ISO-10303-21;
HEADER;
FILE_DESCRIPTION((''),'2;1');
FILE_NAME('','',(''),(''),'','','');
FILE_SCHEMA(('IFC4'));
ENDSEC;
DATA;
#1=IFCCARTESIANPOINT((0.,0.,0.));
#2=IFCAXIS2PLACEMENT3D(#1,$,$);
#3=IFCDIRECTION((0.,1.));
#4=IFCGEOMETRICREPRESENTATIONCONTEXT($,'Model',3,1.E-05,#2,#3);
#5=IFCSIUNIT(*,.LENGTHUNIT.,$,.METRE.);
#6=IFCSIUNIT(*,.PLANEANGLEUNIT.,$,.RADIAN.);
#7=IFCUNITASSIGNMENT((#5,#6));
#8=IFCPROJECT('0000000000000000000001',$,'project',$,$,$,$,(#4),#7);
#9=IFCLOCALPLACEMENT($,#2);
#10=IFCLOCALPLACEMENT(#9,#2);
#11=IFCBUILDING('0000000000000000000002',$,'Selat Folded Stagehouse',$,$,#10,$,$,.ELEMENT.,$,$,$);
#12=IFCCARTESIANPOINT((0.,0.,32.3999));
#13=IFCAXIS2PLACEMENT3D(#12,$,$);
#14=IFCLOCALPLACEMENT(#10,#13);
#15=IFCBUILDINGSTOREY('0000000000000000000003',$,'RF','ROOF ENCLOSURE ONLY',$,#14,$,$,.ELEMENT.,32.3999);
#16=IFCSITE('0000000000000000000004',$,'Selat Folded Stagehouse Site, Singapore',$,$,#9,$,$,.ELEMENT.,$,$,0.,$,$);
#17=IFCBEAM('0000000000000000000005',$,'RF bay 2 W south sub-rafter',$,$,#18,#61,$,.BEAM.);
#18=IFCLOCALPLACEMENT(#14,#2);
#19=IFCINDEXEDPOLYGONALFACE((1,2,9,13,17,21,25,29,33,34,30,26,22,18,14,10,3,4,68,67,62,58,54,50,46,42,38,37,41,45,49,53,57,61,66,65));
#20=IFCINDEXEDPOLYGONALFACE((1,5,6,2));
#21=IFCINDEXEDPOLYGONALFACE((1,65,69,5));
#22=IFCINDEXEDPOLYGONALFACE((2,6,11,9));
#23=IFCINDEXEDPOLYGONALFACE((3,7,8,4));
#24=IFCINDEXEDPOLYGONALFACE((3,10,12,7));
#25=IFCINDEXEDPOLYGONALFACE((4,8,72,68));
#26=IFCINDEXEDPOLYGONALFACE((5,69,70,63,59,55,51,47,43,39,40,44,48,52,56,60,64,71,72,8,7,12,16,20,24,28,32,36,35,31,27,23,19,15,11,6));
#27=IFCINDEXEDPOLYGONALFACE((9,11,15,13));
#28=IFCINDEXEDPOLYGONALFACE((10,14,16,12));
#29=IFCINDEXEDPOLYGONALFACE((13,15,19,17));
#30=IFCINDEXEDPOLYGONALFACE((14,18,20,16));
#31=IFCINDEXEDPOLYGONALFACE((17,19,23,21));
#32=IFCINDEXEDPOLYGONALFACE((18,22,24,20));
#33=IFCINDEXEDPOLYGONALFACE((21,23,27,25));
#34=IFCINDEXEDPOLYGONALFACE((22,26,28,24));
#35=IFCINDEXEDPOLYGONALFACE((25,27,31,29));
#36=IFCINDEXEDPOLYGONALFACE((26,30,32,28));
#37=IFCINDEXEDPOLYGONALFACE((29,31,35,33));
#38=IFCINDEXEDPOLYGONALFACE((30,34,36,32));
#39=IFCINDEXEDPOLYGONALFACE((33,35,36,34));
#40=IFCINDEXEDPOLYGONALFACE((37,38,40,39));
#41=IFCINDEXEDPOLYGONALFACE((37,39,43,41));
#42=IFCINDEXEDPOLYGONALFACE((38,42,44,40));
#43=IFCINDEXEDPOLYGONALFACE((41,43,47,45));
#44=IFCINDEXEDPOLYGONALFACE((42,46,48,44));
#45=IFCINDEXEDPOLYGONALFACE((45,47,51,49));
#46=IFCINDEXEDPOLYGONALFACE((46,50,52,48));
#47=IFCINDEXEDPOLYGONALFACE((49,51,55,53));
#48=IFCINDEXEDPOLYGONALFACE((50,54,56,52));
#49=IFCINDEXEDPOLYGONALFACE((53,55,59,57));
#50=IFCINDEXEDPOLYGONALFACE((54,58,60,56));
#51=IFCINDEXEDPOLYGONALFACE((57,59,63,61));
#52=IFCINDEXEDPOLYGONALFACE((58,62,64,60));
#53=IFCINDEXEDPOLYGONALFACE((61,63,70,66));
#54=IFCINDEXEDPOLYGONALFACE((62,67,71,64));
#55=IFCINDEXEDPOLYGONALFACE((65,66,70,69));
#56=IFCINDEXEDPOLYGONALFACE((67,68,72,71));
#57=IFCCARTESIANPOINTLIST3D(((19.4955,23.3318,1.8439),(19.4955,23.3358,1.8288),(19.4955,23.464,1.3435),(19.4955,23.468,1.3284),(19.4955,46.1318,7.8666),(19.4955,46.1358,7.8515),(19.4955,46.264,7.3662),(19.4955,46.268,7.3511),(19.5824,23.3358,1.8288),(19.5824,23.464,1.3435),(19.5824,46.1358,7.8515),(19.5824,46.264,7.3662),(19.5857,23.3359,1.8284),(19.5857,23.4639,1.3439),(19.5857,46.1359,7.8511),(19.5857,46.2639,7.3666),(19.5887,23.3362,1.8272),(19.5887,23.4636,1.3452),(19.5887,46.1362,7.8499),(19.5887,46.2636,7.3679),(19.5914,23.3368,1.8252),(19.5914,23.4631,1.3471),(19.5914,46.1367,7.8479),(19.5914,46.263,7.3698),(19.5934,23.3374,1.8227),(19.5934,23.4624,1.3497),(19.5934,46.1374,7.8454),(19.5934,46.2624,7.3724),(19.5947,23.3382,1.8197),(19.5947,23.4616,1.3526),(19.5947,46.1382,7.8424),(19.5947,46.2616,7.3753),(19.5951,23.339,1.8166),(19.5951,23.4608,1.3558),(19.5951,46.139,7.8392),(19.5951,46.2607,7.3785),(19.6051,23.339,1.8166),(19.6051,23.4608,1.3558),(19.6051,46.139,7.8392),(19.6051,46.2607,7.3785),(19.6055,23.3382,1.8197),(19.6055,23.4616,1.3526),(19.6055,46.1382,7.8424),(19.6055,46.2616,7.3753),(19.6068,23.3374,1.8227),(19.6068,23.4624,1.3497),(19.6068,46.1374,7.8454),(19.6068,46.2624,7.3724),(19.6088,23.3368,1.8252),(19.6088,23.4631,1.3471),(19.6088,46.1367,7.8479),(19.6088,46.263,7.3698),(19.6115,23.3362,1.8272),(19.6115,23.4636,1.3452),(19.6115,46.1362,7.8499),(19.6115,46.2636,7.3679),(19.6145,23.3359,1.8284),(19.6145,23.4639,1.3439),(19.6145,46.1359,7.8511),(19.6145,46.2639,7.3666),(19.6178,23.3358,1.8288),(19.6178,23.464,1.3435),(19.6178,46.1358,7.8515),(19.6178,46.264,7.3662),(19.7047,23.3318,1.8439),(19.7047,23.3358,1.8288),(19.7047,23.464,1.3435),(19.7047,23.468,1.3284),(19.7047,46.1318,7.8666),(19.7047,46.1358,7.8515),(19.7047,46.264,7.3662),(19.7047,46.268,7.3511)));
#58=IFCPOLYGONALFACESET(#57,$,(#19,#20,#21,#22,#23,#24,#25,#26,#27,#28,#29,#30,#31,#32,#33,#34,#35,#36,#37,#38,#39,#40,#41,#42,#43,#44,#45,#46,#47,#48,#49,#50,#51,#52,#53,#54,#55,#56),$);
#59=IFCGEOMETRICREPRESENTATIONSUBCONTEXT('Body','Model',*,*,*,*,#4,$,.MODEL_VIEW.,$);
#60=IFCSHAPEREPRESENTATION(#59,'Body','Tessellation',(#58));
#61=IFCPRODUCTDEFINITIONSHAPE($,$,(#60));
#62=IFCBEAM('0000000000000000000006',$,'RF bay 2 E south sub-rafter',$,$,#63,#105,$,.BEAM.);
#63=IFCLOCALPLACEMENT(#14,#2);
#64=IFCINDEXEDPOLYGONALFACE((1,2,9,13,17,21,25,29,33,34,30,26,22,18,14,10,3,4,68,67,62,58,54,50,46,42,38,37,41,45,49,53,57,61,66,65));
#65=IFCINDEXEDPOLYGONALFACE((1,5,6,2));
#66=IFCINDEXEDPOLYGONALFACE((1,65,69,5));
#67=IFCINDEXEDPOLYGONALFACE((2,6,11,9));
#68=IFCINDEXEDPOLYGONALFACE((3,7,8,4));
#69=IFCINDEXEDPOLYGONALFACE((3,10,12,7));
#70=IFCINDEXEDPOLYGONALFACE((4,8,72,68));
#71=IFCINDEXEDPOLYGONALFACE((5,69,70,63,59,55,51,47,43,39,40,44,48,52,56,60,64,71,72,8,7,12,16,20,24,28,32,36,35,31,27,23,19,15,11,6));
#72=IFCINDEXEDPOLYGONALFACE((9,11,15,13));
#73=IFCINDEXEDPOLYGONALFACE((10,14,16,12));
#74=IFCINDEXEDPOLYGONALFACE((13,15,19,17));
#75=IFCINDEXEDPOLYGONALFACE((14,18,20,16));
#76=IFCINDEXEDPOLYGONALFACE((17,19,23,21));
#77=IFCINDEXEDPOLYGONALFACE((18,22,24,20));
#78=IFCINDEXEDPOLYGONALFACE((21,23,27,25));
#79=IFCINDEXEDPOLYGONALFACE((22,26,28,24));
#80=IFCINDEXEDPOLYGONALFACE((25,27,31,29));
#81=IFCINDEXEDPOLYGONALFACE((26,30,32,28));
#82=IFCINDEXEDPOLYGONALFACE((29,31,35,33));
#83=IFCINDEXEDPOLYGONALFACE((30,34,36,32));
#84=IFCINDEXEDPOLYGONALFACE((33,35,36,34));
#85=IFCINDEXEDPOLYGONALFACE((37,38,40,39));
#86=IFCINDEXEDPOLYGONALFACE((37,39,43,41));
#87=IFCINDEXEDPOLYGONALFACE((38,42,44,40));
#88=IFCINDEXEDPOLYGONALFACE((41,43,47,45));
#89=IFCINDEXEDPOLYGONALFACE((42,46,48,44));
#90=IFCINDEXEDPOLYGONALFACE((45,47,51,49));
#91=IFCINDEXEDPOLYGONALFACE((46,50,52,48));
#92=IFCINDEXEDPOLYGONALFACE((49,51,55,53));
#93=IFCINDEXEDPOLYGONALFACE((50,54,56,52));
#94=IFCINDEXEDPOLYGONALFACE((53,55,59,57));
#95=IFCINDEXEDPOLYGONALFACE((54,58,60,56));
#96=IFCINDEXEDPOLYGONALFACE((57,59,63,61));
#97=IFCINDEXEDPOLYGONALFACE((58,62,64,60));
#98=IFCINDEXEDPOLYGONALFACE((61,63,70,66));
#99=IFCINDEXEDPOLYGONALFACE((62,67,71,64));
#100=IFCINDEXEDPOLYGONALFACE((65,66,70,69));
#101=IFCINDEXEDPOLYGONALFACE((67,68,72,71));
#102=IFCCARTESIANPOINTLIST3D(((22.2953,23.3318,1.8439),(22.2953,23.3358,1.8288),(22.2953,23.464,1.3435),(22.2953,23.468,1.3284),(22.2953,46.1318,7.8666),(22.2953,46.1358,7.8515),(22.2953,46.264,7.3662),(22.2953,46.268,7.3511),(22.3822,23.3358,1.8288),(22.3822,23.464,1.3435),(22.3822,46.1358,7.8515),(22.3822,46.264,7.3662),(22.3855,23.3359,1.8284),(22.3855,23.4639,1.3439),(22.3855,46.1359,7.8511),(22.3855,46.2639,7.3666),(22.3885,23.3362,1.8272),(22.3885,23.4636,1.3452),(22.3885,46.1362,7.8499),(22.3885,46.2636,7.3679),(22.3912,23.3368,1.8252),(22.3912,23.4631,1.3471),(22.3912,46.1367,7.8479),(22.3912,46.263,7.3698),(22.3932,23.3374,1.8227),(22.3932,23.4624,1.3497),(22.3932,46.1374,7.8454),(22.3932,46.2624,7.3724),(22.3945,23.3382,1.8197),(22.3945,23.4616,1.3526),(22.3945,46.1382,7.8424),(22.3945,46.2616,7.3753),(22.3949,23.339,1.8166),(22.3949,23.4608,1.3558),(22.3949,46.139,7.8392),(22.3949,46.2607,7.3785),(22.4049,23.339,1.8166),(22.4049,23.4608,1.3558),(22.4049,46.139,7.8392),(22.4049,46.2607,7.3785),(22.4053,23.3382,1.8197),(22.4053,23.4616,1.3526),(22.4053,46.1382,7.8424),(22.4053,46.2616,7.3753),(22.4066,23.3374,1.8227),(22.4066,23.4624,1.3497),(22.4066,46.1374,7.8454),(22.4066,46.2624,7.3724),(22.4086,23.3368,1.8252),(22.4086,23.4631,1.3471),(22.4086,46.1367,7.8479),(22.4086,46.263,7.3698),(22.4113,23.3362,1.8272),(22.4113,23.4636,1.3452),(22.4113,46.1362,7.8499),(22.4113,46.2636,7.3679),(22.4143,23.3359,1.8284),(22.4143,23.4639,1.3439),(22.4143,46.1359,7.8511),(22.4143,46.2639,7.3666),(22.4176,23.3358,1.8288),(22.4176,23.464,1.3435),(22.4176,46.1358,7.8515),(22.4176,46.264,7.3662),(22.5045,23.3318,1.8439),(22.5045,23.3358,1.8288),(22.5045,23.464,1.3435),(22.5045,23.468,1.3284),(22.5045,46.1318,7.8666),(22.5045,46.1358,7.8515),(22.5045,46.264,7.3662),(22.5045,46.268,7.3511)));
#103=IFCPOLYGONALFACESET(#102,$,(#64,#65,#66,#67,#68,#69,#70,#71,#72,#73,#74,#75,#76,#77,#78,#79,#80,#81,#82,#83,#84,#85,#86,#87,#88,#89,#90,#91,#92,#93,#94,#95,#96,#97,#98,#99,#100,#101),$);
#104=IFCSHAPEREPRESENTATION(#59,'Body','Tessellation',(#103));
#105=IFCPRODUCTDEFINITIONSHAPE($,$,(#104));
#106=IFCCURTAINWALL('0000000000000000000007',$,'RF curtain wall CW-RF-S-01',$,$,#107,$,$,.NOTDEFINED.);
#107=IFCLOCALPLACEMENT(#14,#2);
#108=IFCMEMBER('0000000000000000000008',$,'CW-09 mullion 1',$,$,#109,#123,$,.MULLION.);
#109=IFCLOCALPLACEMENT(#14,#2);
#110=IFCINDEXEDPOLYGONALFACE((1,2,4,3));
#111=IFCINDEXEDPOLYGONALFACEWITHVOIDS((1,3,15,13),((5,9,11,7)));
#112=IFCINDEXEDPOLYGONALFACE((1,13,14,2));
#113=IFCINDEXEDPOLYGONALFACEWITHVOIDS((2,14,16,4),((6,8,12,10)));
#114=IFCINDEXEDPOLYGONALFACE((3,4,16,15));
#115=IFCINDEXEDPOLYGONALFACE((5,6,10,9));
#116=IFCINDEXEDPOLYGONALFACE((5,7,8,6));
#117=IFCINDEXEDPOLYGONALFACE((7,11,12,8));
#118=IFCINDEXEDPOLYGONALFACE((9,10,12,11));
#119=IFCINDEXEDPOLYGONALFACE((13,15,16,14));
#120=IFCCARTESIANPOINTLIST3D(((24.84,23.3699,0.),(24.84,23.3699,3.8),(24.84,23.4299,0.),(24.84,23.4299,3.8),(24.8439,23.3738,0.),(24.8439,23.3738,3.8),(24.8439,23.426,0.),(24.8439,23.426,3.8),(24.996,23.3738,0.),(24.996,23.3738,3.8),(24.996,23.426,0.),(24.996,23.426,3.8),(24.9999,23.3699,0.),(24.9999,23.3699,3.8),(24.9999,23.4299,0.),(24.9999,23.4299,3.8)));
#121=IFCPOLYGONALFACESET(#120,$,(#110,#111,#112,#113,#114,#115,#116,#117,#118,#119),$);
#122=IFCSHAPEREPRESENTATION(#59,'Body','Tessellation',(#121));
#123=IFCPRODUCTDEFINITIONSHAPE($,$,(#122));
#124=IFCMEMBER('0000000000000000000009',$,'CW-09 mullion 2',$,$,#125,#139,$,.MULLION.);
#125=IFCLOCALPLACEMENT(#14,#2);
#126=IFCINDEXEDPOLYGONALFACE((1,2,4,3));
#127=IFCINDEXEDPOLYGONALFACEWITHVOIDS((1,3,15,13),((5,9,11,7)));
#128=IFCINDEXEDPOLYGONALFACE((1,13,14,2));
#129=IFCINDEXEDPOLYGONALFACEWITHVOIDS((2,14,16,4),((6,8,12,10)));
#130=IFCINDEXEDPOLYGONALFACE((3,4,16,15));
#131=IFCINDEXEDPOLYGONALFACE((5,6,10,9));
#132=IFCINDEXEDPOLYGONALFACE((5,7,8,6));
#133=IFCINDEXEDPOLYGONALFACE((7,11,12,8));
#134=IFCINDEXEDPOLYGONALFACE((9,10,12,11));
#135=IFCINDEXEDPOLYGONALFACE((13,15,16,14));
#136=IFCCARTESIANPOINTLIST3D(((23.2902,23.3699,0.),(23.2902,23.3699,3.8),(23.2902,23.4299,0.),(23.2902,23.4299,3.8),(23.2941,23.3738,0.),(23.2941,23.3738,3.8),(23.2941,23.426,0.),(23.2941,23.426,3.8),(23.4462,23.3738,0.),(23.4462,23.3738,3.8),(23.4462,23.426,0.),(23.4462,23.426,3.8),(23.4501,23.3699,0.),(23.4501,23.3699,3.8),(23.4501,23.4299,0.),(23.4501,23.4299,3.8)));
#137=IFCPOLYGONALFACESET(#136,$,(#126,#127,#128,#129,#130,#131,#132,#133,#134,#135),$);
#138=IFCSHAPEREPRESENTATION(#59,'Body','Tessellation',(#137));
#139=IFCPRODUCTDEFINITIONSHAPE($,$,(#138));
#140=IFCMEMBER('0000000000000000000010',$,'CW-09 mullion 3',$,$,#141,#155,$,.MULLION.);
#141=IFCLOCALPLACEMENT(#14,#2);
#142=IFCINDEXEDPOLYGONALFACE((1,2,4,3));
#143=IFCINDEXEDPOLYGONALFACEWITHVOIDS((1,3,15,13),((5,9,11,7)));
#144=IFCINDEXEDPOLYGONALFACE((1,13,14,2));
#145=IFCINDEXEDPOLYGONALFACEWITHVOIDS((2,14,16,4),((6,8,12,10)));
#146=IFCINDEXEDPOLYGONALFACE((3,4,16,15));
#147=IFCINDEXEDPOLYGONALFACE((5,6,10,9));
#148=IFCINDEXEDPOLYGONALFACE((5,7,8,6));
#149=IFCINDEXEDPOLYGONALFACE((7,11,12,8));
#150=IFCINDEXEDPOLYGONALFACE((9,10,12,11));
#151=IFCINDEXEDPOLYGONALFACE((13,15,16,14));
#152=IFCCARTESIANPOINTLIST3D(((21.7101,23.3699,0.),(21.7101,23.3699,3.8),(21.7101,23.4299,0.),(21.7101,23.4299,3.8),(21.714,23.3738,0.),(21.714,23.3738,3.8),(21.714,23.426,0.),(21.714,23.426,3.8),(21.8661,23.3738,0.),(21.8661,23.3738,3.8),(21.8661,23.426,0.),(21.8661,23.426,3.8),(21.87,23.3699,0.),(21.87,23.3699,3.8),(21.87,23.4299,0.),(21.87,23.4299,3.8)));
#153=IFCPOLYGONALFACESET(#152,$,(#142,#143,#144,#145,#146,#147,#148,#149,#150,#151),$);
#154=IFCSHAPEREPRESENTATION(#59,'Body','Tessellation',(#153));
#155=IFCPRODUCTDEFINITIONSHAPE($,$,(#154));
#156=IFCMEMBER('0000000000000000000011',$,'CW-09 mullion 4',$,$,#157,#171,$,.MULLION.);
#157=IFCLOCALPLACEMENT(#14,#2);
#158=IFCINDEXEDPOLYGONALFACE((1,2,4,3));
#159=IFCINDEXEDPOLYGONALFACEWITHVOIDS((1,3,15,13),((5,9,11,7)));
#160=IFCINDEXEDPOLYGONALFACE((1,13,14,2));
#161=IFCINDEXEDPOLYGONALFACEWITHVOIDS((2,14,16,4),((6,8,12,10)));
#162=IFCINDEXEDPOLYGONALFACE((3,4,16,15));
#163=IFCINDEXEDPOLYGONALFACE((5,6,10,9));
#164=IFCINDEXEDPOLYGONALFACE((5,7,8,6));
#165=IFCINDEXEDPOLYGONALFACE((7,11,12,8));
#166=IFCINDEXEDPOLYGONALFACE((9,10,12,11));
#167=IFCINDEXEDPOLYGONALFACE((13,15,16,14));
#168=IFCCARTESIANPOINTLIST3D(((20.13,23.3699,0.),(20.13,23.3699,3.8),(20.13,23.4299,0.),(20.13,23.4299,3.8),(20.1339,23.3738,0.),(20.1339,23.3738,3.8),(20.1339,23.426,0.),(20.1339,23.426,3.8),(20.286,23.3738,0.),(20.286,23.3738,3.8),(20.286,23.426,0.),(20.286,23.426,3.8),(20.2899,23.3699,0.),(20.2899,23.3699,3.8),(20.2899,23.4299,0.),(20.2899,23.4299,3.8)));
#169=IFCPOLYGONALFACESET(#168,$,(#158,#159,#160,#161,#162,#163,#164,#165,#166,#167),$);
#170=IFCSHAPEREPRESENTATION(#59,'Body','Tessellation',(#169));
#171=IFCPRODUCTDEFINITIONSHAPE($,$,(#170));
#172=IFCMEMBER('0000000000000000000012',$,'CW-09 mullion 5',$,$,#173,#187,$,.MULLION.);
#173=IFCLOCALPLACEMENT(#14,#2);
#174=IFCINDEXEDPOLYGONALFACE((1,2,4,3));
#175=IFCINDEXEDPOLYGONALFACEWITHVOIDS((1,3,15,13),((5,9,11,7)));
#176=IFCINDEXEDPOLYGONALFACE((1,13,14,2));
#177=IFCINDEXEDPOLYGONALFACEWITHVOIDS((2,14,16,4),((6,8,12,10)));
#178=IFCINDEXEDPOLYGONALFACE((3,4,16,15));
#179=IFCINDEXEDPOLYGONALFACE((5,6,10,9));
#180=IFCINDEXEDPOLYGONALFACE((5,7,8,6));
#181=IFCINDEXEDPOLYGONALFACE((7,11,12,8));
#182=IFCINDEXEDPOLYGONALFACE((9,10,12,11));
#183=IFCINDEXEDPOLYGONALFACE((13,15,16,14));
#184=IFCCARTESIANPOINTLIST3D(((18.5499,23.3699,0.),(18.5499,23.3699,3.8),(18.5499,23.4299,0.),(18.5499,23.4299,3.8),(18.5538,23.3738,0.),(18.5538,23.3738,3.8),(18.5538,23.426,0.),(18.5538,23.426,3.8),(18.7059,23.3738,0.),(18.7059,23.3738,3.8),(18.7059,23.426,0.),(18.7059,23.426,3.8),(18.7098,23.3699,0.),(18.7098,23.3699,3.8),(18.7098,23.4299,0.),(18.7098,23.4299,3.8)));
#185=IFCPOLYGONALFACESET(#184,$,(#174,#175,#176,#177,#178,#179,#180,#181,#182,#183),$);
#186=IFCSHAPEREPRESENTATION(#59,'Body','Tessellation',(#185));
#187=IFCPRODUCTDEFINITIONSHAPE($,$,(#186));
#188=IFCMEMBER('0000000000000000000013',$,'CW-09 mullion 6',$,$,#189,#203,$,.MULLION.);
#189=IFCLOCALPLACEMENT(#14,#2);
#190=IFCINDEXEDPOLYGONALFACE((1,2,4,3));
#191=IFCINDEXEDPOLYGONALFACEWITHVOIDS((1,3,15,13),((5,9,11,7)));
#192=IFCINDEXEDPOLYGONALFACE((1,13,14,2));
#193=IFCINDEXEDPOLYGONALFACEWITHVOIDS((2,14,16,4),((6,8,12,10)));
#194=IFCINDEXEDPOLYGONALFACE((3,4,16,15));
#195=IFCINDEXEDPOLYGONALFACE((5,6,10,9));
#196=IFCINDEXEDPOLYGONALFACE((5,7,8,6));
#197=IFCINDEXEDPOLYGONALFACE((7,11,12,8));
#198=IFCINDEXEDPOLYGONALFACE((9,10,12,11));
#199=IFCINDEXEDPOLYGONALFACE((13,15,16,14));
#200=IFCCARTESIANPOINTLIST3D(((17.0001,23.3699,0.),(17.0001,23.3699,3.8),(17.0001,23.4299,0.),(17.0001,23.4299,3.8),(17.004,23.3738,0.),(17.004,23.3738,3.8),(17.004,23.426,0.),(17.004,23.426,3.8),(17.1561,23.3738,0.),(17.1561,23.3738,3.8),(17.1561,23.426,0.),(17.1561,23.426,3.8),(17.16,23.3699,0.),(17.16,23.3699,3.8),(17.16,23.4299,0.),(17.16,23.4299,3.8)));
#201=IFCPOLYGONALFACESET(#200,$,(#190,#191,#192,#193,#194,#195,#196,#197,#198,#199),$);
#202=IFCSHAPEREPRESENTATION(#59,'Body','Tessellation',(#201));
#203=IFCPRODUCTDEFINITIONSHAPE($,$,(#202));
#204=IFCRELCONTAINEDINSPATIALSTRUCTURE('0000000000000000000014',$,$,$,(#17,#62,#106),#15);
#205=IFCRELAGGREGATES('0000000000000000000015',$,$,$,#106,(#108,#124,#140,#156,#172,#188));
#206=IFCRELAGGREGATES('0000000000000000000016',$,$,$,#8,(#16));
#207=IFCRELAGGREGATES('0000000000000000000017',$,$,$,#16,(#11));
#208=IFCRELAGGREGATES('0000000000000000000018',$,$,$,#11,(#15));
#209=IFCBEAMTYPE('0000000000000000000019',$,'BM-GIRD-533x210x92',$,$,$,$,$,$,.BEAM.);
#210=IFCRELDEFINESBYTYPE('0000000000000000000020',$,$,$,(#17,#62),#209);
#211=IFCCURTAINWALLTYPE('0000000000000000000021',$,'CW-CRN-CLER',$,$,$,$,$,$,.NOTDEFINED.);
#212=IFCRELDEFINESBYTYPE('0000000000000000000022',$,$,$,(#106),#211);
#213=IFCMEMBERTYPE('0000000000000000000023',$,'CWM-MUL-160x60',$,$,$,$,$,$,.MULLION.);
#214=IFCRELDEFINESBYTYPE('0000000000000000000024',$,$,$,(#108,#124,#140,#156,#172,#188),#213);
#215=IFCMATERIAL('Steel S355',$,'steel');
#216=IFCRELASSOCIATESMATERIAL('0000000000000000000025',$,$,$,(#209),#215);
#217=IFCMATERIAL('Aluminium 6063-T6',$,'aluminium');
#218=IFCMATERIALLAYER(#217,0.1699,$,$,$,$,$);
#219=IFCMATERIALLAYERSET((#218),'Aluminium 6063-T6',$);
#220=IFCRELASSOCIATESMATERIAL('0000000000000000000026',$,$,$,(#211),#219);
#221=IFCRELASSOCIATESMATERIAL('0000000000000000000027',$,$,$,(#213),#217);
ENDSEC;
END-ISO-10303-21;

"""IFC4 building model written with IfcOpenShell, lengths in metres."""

from ifc_helpers import new_model, si_unit, direction, frame, origin, origin_2d, place, context, subcontext, project, spatial, hollow_rectangle, i_section, extrude, material, layer, layer_set, material_profile, profile_set, type_object, element, aggregate, save


model = new_model("IFC4")

# Units and contexts
model_context = context("Model", 3, precision=1e-05, world=origin(), true_north=direction((0.0, 1.0)))
body_context = subcontext(model_context, "Body", "Model", "MODEL_VIEW")
ifc_project = project(units=[si_unit("LENGTHUNIT", "METRE"), si_unit("PLANEANGLEUNIT", "RADIAN")], contexts=[model_context])

# Site, building, storey
site_placement = place(None, origin())
site = spatial("IfcSite", under=ifc_project, at=site_placement, Name="Selat Folded Stagehouse Site, Singapore", CompositionType="ELEMENT", RefElevation=0.0)
building_placement = place(site_placement, origin())
building = spatial("IfcBuilding", under=site, at=building_placement, Name="Selat Folded Stagehouse", CompositionType="ELEMENT")
storey_placement = place(building_placement, frame((0.0, 0.0, 32.3999)))
storey = spatial("IfcBuildingStorey", under=building, at=storey_placement, Name="RF", Description="ROOF ENCLOSURE ONLY", CompositionType="ELEMENT", Elevation=32.3999)

# Beams
ifc_material_1 = material(Name="Steel S355", Category="steel")
ifc_material_profile_1 = material_profile(ifc_material_1, i_section(OverallWidth=0.2092, OverallDepth=0.5332, WebThickness=0.01, FlangeThickness=0.0156, FilletRadius=0.0127, at=origin_2d()), Name="UKB 533x210x92")
ifc_profile_set_1 = profile_set([ifc_material_profile_1], Name="Steel S355")
beam_type = type_object("IfcBeamType", Name="BM-GIRD-533x210x92", PredefinedType="BEAM", material=ifc_profile_set_1)
for number, where, z_axis, x_axis, name in (
    (1, (19.6001, 23.3999, 1.5862), (0.0, 0.966837, 0.255393), (-1.0, 0.0, 0.0), "RF bay 2 W south sub-rafter"),
    (2, (22.3999, 23.3999, 1.5862), (0.0, 0.966837, 0.255393), (-1.0, 0.0, 0.0), "RF bay 2 E south sub-rafter"),
):
    element("IfcBeam", number, at=place(storey_placement, frame(where, z_axis=z_axis, x_axis=x_axis)), inside=storey, type_object=beam_type, Name=name, PredefinedType="BEAM", context=body_context, shape_type="SweptSolid", body=[
        extrude(i_section(OverallWidth=0.2092, OverallDepth=0.5332, WebThickness=0.01, FlangeThickness=0.0156, FilletRadius=0.0127, at=origin_2d()), origin(), (0.0, 0.0, 1.0), 23.582),
    ])

# Curtain wall, members
ifc_material_2 = material(Name="Aluminium 6063-T6", Category="aluminium")
ifc_layer_1 = layer(ifc_material_2, 0.1699)
ifc_layer_set_1 = layer_set([ifc_layer_1], Name="Aluminium 6063-T6")
curtain_wall_type = type_object("IfcCurtainWallType", Name="CW-CRN-CLER", PredefinedType="NOTDEFINED", material=ifc_layer_set_1)
curtain_wall_placement = place(storey_placement, origin())
curtain_wall = element("IfcCurtainWall", 3, at=curtain_wall_placement, inside=storey, type_object=curtain_wall_type, Name="RF curtain wall CW-RF-S-01", PredefinedType="NOTDEFINED")
ifc_material_profile_2 = material_profile(ifc_material_2, hollow_rectangle(XDim=0.0601, YDim=0.1599, WallThickness=0.0039, at=origin_2d()), Name="ALU 160x60x4.0")
ifc_profile_set_2 = profile_set([ifc_material_profile_2], Name="Aluminium 6063-T6")
member_type_1 = type_object("IfcMemberType", Name="CWM-MUL-160x60", PredefinedType="MULLION", material=ifc_profile_set_2)
member_1_placement = place(storey_placement, frame((24.9199, 23.3999, 0.0), z_axis=(0.0, 0.0, 1.0), x_axis=(0.0, -1.0, 0.0)))
member_1 = element("IfcMember", 4, at=member_1_placement, type_object=member_type_1, Name="CW-09 mullion 1", PredefinedType="MULLION", context=body_context, shape_type="SweptSolid", body=[
    extrude(hollow_rectangle(XDim=0.0601, YDim=0.1599, WallThickness=0.0039, at=origin_2d()), origin(), (0.0, 0.0, 1.0), 3.8),
])
member_2_placement = place(storey_placement, frame((23.3701, 23.3999, 0.0), z_axis=(0.0, 0.0, 1.0), x_axis=(0.0, -1.0, 0.0)))
member_2 = element("IfcMember", 5, at=member_2_placement, type_object=member_type_1, Name="CW-09 mullion 2", PredefinedType="MULLION", context=body_context, shape_type="SweptSolid", body=[
    extrude(hollow_rectangle(XDim=0.0601, YDim=0.1599, WallThickness=0.0039, at=origin_2d()), origin(), (0.0, 0.0, 1.0), 3.8),
])
member_3_placement = place(storey_placement, frame((21.79, 23.3999, 0.0), z_axis=(0.0, 0.0, 1.0), x_axis=(0.0, -1.0, 0.0)))
member_3 = element("IfcMember", 6, at=member_3_placement, type_object=member_type_1, Name="CW-09 mullion 3", PredefinedType="MULLION", context=body_context, shape_type="SweptSolid", body=[
    extrude(hollow_rectangle(XDim=0.0601, YDim=0.1599, WallThickness=0.0039, at=origin_2d()), origin(), (0.0, 0.0, 1.0), 3.8),
])
member_4_placement = place(storey_placement, frame((20.21, 23.3999, 0.0), z_axis=(0.0, 0.0, 1.0), x_axis=(0.0, -1.0, 0.0)))
member_4 = element("IfcMember", 7, at=member_4_placement, type_object=member_type_1, Name="CW-09 mullion 4", PredefinedType="MULLION", context=body_context, shape_type="SweptSolid", body=[
    extrude(hollow_rectangle(XDim=0.0601, YDim=0.1599, WallThickness=0.0039, at=origin_2d()), origin(), (0.0, 0.0, 1.0), 3.8),
])
member_5_placement = place(storey_placement, frame((18.6299, 23.3999, 0.0), z_axis=(0.0, 0.0, 1.0), x_axis=(0.0, -1.0, 0.0)))
member_5 = element("IfcMember", 8, at=member_5_placement, type_object=member_type_1, Name="CW-09 mullion 5", PredefinedType="MULLION", context=body_context, shape_type="SweptSolid", body=[
    extrude(hollow_rectangle(XDim=0.0601, YDim=0.1599, WallThickness=0.0039, at=origin_2d()), origin(), (0.0, 0.0, 1.0), 3.8),
])
member_6_placement = place(storey_placement, frame((17.0801, 23.3999, 0.0), z_axis=(0.0, 0.0, 1.0), x_axis=(0.0, -1.0, 0.0)))
member_6 = element("IfcMember", 9, at=member_6_placement, type_object=member_type_1, Name="CW-09 mullion 6", PredefinedType="MULLION", context=body_context, shape_type="SweptSolid", body=[
    extrude(hollow_rectangle(XDim=0.0601, YDim=0.1599, WallThickness=0.0039, at=origin_2d()), origin(), (0.0, 0.0, 1.0), 3.8),
])
aggregate(curtain_wall, [member_1, member_2, member_3, member_4, member_5, member_6])

save(model, "model.ifc")
